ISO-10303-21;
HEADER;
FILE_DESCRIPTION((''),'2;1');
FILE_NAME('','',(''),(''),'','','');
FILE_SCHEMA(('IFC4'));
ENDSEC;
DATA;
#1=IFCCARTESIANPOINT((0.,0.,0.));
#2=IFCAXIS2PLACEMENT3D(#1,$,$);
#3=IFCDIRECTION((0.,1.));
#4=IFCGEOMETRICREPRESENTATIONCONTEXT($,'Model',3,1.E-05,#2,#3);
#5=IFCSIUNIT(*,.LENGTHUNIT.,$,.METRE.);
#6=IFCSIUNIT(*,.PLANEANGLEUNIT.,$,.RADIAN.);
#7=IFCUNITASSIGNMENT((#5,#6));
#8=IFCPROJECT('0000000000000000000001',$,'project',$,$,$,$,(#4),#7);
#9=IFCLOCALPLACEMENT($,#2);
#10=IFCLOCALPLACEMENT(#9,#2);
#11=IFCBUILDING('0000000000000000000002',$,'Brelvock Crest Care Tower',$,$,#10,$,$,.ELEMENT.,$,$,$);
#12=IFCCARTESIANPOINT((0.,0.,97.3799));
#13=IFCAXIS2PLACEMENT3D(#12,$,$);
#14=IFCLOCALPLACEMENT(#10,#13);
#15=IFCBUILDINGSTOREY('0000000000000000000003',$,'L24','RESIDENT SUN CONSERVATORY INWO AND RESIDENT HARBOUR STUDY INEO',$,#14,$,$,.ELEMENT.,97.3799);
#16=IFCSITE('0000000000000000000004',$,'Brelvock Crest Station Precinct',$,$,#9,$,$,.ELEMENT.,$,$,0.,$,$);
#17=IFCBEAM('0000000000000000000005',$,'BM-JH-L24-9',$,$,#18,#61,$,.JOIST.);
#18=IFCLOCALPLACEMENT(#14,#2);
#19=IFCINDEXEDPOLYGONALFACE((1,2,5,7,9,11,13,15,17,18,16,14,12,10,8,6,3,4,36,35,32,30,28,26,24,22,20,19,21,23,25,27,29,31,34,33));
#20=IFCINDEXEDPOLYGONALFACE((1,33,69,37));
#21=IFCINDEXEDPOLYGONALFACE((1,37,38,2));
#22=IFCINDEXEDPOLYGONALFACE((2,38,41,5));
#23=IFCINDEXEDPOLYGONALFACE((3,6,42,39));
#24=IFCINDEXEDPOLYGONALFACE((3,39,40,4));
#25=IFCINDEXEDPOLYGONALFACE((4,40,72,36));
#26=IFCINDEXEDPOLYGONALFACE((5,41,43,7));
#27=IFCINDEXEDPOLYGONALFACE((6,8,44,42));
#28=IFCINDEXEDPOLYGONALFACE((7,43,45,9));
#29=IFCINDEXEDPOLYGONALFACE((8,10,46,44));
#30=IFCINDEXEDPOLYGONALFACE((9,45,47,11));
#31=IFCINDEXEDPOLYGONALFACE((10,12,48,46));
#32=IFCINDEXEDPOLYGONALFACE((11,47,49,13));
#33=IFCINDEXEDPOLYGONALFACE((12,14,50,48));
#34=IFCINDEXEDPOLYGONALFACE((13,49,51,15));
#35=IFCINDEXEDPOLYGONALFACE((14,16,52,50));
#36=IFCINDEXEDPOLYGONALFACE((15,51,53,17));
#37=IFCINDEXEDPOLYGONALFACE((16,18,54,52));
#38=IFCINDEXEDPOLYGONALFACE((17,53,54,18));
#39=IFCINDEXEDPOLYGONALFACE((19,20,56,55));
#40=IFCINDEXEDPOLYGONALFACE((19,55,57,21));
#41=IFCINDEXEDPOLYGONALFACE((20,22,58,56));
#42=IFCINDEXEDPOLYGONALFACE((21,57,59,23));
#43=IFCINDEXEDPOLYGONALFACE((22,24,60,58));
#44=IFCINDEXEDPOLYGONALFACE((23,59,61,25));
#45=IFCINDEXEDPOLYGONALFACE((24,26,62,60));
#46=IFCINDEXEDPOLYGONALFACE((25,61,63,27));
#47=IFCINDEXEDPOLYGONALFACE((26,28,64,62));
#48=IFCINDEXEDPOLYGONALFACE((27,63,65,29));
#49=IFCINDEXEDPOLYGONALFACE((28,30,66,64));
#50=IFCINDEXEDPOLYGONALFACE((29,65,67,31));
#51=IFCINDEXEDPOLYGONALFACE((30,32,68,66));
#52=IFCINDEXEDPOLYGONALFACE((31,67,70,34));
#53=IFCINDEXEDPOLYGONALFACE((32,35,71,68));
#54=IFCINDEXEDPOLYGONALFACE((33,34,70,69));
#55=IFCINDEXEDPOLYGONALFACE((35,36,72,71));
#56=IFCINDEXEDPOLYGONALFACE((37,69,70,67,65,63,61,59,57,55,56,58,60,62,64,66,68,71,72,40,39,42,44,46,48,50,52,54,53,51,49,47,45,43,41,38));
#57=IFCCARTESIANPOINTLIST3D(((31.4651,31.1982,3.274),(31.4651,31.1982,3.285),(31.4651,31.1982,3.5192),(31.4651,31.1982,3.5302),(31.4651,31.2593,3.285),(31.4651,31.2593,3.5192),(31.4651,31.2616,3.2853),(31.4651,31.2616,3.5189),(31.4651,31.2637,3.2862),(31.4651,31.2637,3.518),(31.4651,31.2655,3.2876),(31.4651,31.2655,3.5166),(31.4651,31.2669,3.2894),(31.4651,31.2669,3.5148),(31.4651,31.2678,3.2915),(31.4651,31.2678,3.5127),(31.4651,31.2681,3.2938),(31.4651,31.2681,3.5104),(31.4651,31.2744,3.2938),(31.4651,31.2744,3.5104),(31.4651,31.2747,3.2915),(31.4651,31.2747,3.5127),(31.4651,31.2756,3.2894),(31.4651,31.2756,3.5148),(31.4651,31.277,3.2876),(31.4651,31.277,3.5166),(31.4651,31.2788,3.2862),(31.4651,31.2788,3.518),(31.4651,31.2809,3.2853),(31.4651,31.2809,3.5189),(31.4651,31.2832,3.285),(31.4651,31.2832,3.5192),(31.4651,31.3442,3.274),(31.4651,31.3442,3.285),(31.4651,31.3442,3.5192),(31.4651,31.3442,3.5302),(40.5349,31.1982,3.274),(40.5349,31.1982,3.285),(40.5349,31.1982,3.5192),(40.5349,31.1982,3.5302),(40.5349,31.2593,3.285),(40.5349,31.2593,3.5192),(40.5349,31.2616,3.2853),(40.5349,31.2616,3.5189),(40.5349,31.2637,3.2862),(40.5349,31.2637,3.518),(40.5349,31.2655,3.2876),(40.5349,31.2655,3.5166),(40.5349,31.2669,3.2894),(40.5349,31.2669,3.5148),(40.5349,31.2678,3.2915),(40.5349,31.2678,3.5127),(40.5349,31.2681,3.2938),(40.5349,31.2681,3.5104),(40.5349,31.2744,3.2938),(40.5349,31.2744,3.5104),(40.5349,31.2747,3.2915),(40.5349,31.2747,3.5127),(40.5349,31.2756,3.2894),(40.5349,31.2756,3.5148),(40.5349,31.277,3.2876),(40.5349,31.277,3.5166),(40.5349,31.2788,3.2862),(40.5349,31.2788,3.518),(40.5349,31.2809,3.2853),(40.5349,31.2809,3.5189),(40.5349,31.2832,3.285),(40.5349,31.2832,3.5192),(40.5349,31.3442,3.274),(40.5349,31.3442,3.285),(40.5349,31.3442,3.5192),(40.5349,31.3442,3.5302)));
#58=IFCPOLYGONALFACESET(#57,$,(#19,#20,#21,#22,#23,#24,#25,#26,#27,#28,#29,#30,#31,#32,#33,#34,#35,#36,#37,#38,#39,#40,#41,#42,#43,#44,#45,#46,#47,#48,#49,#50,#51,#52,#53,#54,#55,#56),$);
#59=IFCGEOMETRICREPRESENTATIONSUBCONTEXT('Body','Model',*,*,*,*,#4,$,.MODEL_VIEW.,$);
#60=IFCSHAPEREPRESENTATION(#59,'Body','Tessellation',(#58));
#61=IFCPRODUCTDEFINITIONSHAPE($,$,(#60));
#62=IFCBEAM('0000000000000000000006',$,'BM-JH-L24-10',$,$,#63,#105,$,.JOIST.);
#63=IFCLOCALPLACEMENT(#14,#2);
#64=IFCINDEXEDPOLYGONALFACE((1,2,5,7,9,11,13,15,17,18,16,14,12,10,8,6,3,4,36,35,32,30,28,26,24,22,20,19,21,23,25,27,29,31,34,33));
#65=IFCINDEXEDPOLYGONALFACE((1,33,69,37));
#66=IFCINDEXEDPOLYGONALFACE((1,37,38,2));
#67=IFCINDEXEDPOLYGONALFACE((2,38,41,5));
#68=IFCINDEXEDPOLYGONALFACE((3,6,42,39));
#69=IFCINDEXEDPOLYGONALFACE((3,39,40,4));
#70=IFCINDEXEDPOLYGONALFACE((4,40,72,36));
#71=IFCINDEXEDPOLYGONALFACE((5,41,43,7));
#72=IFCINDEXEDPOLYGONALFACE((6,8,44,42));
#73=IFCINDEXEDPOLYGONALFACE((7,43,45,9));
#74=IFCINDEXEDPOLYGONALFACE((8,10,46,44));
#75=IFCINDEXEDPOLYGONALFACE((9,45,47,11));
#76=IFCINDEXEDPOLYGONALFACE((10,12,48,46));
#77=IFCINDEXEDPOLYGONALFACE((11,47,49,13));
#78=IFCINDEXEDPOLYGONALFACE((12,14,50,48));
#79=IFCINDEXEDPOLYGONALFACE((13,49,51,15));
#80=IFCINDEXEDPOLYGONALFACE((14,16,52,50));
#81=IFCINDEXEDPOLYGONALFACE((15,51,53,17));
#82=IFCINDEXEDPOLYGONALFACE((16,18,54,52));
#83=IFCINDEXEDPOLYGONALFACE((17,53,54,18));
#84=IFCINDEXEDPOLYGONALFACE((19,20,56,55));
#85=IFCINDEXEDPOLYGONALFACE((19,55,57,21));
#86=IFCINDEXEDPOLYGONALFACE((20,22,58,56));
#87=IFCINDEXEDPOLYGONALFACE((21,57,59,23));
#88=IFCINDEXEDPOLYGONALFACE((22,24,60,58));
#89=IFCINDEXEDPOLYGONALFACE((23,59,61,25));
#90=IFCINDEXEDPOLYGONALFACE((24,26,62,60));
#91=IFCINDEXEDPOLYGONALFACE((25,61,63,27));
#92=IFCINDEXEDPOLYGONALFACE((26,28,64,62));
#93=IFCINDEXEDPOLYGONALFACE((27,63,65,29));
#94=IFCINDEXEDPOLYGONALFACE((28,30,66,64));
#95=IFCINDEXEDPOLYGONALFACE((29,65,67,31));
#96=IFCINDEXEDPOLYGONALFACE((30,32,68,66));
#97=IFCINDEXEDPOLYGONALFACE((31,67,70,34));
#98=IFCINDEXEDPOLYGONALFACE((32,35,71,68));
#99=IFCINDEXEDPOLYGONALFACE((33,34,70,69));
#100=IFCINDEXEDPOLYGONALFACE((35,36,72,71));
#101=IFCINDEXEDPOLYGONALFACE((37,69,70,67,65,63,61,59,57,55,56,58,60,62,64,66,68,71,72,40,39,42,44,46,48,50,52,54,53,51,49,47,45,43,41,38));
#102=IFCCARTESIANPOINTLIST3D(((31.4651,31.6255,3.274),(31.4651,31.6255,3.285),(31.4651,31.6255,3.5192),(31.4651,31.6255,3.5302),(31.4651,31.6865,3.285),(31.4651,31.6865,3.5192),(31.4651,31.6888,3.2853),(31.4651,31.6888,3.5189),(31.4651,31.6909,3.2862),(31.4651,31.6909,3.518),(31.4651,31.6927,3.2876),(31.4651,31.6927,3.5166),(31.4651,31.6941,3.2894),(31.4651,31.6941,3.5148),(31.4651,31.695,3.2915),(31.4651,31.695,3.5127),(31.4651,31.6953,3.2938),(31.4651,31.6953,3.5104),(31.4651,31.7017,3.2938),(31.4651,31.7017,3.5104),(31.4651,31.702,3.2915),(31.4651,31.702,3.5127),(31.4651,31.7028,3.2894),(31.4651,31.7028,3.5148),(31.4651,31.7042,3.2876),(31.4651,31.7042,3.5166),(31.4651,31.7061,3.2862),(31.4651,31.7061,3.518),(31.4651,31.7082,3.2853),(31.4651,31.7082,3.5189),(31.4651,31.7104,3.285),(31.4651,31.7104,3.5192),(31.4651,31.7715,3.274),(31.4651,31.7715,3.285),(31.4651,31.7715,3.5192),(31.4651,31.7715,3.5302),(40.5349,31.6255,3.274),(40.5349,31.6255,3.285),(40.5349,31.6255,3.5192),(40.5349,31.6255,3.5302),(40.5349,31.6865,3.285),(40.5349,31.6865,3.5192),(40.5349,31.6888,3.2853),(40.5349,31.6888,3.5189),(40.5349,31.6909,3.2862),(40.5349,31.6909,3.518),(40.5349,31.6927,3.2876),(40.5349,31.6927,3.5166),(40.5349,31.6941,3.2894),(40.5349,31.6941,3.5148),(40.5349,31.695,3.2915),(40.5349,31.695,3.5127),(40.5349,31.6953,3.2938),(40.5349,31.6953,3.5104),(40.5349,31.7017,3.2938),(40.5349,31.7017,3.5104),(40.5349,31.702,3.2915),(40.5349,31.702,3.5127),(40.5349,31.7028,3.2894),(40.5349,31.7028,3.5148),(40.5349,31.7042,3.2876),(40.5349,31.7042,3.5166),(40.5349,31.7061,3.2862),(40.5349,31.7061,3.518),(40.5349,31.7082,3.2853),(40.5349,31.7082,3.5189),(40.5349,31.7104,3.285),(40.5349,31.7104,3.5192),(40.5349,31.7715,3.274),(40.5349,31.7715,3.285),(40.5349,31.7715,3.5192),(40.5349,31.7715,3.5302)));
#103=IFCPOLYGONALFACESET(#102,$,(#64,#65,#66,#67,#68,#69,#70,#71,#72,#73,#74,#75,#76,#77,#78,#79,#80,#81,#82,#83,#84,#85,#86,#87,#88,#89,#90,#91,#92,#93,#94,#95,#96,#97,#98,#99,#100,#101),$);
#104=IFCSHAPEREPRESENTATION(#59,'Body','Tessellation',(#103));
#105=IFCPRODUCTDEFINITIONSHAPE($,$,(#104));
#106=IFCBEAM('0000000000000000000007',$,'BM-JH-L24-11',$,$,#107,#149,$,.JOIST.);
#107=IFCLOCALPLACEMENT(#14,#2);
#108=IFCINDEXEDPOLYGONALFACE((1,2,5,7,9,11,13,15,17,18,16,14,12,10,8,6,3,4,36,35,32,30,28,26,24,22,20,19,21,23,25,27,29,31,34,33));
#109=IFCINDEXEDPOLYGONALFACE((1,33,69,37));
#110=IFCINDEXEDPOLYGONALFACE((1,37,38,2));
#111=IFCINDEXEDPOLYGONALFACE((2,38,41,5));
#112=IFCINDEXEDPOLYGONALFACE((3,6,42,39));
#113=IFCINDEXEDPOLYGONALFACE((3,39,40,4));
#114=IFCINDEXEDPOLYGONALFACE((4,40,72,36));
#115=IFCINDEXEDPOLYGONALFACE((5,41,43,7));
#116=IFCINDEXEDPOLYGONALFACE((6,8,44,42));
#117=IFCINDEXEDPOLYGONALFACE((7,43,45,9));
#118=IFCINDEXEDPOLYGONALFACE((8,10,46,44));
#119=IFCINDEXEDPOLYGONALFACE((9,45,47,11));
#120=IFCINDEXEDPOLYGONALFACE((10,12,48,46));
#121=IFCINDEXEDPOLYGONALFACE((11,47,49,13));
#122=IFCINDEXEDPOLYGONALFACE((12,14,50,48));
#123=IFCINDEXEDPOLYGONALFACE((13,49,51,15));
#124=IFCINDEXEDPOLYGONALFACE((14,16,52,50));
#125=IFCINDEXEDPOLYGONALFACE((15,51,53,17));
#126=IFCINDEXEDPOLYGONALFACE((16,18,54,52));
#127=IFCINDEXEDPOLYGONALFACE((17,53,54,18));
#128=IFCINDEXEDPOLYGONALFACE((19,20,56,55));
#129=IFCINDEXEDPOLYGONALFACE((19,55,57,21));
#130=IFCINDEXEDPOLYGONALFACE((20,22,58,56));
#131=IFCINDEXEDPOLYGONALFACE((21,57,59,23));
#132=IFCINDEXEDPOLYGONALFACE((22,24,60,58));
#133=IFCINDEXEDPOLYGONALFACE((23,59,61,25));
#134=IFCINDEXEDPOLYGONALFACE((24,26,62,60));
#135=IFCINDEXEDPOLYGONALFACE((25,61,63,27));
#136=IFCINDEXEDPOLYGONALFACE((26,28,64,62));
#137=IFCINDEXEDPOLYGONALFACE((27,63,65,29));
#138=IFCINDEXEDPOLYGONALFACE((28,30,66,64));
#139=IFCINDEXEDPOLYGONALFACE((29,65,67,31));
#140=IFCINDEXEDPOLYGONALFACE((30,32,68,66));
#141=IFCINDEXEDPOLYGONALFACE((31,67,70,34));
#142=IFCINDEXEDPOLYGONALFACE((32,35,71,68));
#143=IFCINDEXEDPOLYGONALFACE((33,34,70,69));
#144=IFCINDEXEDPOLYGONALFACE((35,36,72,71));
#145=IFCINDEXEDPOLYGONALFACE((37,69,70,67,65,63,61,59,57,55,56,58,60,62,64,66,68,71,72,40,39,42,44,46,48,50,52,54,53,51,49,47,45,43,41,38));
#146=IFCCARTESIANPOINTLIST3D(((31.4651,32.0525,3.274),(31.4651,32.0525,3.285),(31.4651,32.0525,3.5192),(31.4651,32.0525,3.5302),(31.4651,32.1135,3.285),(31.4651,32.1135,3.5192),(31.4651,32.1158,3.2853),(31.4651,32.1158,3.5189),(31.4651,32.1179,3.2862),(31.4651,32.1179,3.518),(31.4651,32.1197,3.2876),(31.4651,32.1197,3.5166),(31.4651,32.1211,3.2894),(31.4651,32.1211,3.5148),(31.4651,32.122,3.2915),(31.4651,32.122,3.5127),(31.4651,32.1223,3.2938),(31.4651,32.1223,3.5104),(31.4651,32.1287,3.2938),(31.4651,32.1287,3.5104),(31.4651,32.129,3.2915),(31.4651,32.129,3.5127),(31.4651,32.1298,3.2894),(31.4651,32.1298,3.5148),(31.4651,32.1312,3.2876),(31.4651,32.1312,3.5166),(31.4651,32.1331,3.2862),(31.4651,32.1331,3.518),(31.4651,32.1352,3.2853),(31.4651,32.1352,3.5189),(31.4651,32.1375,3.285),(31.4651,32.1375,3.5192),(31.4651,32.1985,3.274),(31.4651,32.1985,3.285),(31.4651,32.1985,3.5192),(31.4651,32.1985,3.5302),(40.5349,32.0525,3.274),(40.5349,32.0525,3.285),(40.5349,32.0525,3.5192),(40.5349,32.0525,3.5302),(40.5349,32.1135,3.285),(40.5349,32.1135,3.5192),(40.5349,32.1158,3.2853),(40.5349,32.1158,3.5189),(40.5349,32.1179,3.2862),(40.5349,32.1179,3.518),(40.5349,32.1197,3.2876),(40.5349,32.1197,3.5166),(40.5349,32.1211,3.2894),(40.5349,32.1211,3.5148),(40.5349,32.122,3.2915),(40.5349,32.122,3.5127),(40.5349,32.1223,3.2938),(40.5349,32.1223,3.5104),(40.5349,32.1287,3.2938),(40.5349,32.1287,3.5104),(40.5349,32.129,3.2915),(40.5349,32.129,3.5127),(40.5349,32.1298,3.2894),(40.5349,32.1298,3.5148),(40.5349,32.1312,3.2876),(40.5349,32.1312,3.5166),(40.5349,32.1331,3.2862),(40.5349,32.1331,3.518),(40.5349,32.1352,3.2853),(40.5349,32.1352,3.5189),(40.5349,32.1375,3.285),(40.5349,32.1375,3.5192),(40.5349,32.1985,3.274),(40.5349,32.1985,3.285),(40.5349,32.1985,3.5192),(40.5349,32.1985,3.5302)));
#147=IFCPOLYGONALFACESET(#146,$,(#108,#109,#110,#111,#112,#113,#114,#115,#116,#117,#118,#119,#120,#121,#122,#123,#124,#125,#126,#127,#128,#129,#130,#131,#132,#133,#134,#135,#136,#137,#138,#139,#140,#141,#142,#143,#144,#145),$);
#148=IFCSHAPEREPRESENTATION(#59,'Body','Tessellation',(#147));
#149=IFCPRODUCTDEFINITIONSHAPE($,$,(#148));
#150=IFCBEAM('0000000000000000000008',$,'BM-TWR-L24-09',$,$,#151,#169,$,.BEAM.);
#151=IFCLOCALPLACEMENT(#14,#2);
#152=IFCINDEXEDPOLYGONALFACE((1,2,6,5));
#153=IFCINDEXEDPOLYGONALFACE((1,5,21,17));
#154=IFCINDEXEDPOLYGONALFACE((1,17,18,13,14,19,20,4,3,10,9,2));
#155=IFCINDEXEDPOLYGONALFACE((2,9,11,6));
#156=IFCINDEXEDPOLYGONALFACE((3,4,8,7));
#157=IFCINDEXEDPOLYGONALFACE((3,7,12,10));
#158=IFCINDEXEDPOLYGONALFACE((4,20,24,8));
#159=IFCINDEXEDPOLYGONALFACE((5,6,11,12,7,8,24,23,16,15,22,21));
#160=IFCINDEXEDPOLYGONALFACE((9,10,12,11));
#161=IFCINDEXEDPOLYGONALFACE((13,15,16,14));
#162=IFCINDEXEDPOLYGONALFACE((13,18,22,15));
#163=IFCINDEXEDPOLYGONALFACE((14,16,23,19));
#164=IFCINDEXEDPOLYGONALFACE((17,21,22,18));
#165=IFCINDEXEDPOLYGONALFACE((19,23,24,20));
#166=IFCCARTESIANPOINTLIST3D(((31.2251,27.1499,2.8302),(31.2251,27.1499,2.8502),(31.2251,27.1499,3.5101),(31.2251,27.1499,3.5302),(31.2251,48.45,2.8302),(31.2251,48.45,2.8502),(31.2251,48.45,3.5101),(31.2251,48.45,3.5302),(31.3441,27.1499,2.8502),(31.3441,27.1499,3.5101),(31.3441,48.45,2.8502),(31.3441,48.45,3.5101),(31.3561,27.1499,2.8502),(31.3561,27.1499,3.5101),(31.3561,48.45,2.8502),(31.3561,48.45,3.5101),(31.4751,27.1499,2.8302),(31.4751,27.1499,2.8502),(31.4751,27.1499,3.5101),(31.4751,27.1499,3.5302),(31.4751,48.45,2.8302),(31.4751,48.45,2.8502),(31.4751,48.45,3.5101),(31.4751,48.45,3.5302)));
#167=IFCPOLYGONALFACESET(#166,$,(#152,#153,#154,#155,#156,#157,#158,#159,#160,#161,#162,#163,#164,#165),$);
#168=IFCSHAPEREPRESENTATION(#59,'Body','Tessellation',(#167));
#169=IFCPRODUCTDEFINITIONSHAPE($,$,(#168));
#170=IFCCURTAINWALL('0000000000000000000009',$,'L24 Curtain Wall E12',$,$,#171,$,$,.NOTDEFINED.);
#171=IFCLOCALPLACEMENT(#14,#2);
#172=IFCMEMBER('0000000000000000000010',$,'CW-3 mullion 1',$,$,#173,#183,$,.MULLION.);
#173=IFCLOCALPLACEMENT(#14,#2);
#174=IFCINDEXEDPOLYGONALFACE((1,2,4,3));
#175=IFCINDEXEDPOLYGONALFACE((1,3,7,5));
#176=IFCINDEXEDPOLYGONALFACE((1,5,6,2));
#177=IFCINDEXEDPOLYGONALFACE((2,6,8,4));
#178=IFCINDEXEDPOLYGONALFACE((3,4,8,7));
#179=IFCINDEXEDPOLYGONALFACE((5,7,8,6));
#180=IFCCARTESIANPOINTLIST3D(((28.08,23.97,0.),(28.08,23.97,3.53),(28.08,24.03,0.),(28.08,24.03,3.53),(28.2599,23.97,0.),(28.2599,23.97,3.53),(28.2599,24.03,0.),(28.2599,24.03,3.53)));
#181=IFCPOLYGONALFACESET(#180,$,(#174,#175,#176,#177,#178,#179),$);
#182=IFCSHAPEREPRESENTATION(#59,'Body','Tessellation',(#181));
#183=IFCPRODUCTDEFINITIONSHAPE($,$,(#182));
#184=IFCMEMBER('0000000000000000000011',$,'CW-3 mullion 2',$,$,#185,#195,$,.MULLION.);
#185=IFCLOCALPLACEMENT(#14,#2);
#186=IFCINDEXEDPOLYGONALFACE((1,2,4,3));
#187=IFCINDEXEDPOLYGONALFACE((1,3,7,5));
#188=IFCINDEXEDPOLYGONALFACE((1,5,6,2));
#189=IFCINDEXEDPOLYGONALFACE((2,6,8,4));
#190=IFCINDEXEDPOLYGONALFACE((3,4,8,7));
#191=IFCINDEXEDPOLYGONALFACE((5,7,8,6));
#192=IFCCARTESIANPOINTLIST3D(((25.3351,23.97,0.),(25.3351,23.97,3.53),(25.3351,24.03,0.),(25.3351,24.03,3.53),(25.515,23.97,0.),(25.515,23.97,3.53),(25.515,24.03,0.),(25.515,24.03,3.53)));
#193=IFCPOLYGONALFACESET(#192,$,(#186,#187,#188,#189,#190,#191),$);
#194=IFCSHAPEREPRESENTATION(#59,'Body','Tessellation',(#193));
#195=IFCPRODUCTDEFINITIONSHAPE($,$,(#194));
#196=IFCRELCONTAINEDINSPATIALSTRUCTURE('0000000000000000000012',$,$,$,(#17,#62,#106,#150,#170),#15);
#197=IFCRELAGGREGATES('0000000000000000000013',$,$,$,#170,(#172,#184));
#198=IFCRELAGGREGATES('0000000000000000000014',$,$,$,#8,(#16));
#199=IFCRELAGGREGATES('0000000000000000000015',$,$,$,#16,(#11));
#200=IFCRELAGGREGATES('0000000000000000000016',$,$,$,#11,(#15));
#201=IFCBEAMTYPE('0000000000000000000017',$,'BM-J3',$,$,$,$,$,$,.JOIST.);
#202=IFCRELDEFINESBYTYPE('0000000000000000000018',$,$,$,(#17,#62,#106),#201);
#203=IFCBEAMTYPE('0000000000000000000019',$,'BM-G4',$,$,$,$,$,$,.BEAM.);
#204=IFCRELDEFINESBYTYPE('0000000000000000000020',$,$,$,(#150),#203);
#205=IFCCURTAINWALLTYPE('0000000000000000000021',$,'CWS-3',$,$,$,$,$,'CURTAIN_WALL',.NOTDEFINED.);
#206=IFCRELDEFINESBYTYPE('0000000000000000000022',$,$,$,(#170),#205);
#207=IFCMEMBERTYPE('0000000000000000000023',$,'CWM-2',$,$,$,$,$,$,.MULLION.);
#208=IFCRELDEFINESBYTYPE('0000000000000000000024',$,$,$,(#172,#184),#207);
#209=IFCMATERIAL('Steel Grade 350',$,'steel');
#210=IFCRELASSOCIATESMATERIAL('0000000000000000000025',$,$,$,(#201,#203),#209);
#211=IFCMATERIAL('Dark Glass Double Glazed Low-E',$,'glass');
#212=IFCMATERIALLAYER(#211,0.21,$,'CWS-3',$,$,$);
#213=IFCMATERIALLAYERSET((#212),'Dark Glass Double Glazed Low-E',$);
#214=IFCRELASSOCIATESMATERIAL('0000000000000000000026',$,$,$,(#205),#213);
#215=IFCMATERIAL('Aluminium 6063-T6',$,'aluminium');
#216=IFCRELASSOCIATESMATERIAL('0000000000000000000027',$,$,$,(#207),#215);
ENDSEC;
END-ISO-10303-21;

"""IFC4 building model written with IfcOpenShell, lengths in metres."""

from ifc_helpers import new_model, si_unit, direction, frame, origin, origin_2d, place, context, subcontext, project, spatial, rectangle, i_section, extrude, source, transform, mapped, material, layer, layer_set, material_profile, profile_set, type_object, element, aggregate, save


model = new_model("IFC4")

# Units and contexts
model_context = context("Model", 3, precision=1e-05, world=origin(), true_north=direction((0.0, 1.0)))
body_context = subcontext(model_context, "Body", "Model", "MODEL_VIEW")
ifc_project = project(units=[si_unit("LENGTHUNIT", "METRE"), si_unit("PLANEANGLEUNIT", "RADIAN")], contexts=[model_context])

# Site, building, storey
site_placement = place(None, origin())
site = spatial("IfcSite", under=ifc_project, at=site_placement, Name="Brelvock Crest Station Precinct", CompositionType="ELEMENT", RefElevation=0.0)
building_placement = place(site_placement, origin())
building = spatial("IfcBuilding", under=site, at=building_placement, Name="Brelvock Crest Care Tower", CompositionType="ELEMENT")
storey_placement = place(building_placement, frame((0.0, 0.0, 97.3799)))
storey = spatial("IfcBuildingStorey", under=building, at=storey_placement, Name="L24", Description="RESIDENT SUN CONSERVATORY INWO AND RESIDENT HARBOUR STUDY INEO", CompositionType="ELEMENT", Elevation=97.3799)

# Shared definitions
ifc_material_1 = material(Name="Steel Grade 350", Category="steel")

# Beams
ifc_material_profile_1 = material_profile(ifc_material_1, i_section(OverallWidth=0.146, OverallDepth=0.2561, WebThickness=0.0063, FlangeThickness=0.011, FilletRadius=0.0088, at=origin_2d()), Name="250UB37.3")
ifc_profile_set_1 = profile_set([ifc_material_profile_1], Name="Steel Grade 350")
beam_type_1 = type_object("IfcBeamType", Name="BM-J3", PredefinedType="JOIST", material=ifc_profile_set_1)
shared_shape_1 = source(origin(), body_context, "Body", "SweptSolid", [
    extrude(i_section(OverallWidth=0.146, OverallDepth=0.2561, WebThickness=0.0063, FlangeThickness=0.011, FilletRadius=0.0088, at=origin_2d()), origin(), (0.0, 0.0, 1.0), 9.0698),
])
for number, where, z_axis, x_axis, name in (
    (1, (31.4651, 31.2712, 3.4021), (1.0, 0.0, 0.0), (0.0, 1.0, 0.0), "BM-JH-L24-9"),
    (2, (31.4651, 31.6985, 3.4021), (1.0, 0.0, 0.0), (0.0, 1.0, 0.0), "BM-JH-L24-10"),
    (3, (31.4651, 32.1255, 3.4021), (1.0, 0.0, 0.0), (0.0, 1.0, 0.0), "BM-JH-L24-11"),
):
    element("IfcBeam", number, at=place(storey_placement, frame(where, z_axis=z_axis, x_axis=x_axis)), inside=storey, type_object=beam_type_1, Name=name, PredefinedType="JOIST", context=body_context, shape_type="MappedRepresentation", body=[
        mapped(shared_shape_1, transform((0.0, 0.0, 0.0), x_axis=(1.0, 0.0, 0.0), y_axis=(0.0, 1.0, 0.0), z_axis=(0.0, 0.0, 1.0), scale=1.0)),
    ])
ifc_material_profile_2 = material_profile(ifc_material_1, i_section(OverallWidth=0.25, OverallDepth=0.7, WebThickness=0.012, FlangeThickness=0.02, at=origin_2d()), Name="700WB150")
ifc_profile_set_2 = profile_set([ifc_material_profile_2], Name="Steel Grade 350")
beam_type_2 = type_object("IfcBeamType", Name="BM-G4", PredefinedType="BEAM", material=ifc_profile_set_2)
shared_shape_2 = source(origin(), body_context, "Body", "SweptSolid", [
    extrude(i_section(OverallWidth=0.25, OverallDepth=0.7, WebThickness=0.012, FlangeThickness=0.02, at=origin_2d()), origin(), (0.0, 0.0, 1.0), 21.3),
])
beam_1_placement = place(storey_placement, frame((31.3501, 27.1499, 3.1802), z_axis=(0.0, 1.0, 0.0), x_axis=(-1.0, 0.0, 0.0)))
element("IfcBeam", 4, at=beam_1_placement, inside=storey, type_object=beam_type_2, Name="BM-TWR-L24-09", PredefinedType="BEAM", context=body_context, shape_type="MappedRepresentation", body=[
    mapped(shared_shape_2, transform((0.0, 0.0, 0.0), x_axis=(1.0, 0.0, 0.0), y_axis=(0.0, 1.0, 0.0), z_axis=(0.0, 0.0, 1.0), scale=1.0)),
])

# Curtain wall, members
ifc_material_2 = material(Name="Dark Glass Double Glazed Low-E", Category="glass")
ifc_layer_1 = layer(ifc_material_2, 0.21, Name="CWS-3")
ifc_layer_set_1 = layer_set([ifc_layer_1], Name="Dark Glass Double Glazed Low-E")
curtain_wall_type = type_object("IfcCurtainWallType", Name="CWS-3", ElementType="CURTAIN_WALL", PredefinedType="NOTDEFINED", material=ifc_layer_set_1)
curtain_wall_placement = place(storey_placement, origin())
curtain_wall = element("IfcCurtainWall", 5, at=curtain_wall_placement, inside=storey, type_object=curtain_wall_type, Name="L24 Curtain Wall E12", PredefinedType="NOTDEFINED")
ifc_material_3 = material(Name="Aluminium 6063-T6", Category="aluminium")
ifc_material_profile_3 = material_profile(ifc_material_3, rectangle(XDim=0.0601, YDim=0.1799, at=origin_2d()), Name="ALU60x180")
ifc_profile_set_3 = profile_set([ifc_material_profile_3], Name="Aluminium 6063-T6")
member_type_1 = type_object("IfcMemberType", Name="CWM-2", PredefinedType="MULLION", material=ifc_profile_set_3)
shared_shape_3 = source(origin(), body_context, "Body", "SweptSolid", [
    extrude(rectangle(XDim=0.0601, YDim=0.1799, at=origin_2d()), origin(), (0.0, 0.0, 1.0), 3.53),
])
member_1_placement = place(storey_placement, frame((28.1699, 24.0, 0.0), z_axis=(0.0, 0.0, 1.0), x_axis=(0.0, -1.0, 0.0)))
member_1 = element("IfcMember", 6, at=member_1_placement, type_object=member_type_1, Name="CW-3 mullion 1", PredefinedType="MULLION", context=body_context, shape_type="MappedRepresentation", body=[
    mapped(shared_shape_3, transform((0.0, 0.0, 0.0), x_axis=(1.0, 0.0, 0.0), y_axis=(0.0, 1.0, 0.0), z_axis=(0.0, 0.0, 1.0), scale=1.0)),
])
member_2_placement = place(storey_placement, frame((25.425, 24.0, 0.0), z_axis=(0.0, 0.0, 1.0), x_axis=(0.0, -1.0, 0.0)))
member_2 = element("IfcMember", 7, at=member_2_placement, type_object=member_type_1, Name="CW-3 mullion 2", PredefinedType="MULLION", context=body_context, shape_type="MappedRepresentation", body=[
    mapped(shared_shape_3, transform((0.0, 0.0, 0.0), x_axis=(1.0, 0.0, 0.0), y_axis=(0.0, 1.0, 0.0), z_axis=(0.0, 0.0, 1.0), scale=1.0)),
])
aggregate(curtain_wall, [member_1, member_2])

save(model, "model.ifc")
